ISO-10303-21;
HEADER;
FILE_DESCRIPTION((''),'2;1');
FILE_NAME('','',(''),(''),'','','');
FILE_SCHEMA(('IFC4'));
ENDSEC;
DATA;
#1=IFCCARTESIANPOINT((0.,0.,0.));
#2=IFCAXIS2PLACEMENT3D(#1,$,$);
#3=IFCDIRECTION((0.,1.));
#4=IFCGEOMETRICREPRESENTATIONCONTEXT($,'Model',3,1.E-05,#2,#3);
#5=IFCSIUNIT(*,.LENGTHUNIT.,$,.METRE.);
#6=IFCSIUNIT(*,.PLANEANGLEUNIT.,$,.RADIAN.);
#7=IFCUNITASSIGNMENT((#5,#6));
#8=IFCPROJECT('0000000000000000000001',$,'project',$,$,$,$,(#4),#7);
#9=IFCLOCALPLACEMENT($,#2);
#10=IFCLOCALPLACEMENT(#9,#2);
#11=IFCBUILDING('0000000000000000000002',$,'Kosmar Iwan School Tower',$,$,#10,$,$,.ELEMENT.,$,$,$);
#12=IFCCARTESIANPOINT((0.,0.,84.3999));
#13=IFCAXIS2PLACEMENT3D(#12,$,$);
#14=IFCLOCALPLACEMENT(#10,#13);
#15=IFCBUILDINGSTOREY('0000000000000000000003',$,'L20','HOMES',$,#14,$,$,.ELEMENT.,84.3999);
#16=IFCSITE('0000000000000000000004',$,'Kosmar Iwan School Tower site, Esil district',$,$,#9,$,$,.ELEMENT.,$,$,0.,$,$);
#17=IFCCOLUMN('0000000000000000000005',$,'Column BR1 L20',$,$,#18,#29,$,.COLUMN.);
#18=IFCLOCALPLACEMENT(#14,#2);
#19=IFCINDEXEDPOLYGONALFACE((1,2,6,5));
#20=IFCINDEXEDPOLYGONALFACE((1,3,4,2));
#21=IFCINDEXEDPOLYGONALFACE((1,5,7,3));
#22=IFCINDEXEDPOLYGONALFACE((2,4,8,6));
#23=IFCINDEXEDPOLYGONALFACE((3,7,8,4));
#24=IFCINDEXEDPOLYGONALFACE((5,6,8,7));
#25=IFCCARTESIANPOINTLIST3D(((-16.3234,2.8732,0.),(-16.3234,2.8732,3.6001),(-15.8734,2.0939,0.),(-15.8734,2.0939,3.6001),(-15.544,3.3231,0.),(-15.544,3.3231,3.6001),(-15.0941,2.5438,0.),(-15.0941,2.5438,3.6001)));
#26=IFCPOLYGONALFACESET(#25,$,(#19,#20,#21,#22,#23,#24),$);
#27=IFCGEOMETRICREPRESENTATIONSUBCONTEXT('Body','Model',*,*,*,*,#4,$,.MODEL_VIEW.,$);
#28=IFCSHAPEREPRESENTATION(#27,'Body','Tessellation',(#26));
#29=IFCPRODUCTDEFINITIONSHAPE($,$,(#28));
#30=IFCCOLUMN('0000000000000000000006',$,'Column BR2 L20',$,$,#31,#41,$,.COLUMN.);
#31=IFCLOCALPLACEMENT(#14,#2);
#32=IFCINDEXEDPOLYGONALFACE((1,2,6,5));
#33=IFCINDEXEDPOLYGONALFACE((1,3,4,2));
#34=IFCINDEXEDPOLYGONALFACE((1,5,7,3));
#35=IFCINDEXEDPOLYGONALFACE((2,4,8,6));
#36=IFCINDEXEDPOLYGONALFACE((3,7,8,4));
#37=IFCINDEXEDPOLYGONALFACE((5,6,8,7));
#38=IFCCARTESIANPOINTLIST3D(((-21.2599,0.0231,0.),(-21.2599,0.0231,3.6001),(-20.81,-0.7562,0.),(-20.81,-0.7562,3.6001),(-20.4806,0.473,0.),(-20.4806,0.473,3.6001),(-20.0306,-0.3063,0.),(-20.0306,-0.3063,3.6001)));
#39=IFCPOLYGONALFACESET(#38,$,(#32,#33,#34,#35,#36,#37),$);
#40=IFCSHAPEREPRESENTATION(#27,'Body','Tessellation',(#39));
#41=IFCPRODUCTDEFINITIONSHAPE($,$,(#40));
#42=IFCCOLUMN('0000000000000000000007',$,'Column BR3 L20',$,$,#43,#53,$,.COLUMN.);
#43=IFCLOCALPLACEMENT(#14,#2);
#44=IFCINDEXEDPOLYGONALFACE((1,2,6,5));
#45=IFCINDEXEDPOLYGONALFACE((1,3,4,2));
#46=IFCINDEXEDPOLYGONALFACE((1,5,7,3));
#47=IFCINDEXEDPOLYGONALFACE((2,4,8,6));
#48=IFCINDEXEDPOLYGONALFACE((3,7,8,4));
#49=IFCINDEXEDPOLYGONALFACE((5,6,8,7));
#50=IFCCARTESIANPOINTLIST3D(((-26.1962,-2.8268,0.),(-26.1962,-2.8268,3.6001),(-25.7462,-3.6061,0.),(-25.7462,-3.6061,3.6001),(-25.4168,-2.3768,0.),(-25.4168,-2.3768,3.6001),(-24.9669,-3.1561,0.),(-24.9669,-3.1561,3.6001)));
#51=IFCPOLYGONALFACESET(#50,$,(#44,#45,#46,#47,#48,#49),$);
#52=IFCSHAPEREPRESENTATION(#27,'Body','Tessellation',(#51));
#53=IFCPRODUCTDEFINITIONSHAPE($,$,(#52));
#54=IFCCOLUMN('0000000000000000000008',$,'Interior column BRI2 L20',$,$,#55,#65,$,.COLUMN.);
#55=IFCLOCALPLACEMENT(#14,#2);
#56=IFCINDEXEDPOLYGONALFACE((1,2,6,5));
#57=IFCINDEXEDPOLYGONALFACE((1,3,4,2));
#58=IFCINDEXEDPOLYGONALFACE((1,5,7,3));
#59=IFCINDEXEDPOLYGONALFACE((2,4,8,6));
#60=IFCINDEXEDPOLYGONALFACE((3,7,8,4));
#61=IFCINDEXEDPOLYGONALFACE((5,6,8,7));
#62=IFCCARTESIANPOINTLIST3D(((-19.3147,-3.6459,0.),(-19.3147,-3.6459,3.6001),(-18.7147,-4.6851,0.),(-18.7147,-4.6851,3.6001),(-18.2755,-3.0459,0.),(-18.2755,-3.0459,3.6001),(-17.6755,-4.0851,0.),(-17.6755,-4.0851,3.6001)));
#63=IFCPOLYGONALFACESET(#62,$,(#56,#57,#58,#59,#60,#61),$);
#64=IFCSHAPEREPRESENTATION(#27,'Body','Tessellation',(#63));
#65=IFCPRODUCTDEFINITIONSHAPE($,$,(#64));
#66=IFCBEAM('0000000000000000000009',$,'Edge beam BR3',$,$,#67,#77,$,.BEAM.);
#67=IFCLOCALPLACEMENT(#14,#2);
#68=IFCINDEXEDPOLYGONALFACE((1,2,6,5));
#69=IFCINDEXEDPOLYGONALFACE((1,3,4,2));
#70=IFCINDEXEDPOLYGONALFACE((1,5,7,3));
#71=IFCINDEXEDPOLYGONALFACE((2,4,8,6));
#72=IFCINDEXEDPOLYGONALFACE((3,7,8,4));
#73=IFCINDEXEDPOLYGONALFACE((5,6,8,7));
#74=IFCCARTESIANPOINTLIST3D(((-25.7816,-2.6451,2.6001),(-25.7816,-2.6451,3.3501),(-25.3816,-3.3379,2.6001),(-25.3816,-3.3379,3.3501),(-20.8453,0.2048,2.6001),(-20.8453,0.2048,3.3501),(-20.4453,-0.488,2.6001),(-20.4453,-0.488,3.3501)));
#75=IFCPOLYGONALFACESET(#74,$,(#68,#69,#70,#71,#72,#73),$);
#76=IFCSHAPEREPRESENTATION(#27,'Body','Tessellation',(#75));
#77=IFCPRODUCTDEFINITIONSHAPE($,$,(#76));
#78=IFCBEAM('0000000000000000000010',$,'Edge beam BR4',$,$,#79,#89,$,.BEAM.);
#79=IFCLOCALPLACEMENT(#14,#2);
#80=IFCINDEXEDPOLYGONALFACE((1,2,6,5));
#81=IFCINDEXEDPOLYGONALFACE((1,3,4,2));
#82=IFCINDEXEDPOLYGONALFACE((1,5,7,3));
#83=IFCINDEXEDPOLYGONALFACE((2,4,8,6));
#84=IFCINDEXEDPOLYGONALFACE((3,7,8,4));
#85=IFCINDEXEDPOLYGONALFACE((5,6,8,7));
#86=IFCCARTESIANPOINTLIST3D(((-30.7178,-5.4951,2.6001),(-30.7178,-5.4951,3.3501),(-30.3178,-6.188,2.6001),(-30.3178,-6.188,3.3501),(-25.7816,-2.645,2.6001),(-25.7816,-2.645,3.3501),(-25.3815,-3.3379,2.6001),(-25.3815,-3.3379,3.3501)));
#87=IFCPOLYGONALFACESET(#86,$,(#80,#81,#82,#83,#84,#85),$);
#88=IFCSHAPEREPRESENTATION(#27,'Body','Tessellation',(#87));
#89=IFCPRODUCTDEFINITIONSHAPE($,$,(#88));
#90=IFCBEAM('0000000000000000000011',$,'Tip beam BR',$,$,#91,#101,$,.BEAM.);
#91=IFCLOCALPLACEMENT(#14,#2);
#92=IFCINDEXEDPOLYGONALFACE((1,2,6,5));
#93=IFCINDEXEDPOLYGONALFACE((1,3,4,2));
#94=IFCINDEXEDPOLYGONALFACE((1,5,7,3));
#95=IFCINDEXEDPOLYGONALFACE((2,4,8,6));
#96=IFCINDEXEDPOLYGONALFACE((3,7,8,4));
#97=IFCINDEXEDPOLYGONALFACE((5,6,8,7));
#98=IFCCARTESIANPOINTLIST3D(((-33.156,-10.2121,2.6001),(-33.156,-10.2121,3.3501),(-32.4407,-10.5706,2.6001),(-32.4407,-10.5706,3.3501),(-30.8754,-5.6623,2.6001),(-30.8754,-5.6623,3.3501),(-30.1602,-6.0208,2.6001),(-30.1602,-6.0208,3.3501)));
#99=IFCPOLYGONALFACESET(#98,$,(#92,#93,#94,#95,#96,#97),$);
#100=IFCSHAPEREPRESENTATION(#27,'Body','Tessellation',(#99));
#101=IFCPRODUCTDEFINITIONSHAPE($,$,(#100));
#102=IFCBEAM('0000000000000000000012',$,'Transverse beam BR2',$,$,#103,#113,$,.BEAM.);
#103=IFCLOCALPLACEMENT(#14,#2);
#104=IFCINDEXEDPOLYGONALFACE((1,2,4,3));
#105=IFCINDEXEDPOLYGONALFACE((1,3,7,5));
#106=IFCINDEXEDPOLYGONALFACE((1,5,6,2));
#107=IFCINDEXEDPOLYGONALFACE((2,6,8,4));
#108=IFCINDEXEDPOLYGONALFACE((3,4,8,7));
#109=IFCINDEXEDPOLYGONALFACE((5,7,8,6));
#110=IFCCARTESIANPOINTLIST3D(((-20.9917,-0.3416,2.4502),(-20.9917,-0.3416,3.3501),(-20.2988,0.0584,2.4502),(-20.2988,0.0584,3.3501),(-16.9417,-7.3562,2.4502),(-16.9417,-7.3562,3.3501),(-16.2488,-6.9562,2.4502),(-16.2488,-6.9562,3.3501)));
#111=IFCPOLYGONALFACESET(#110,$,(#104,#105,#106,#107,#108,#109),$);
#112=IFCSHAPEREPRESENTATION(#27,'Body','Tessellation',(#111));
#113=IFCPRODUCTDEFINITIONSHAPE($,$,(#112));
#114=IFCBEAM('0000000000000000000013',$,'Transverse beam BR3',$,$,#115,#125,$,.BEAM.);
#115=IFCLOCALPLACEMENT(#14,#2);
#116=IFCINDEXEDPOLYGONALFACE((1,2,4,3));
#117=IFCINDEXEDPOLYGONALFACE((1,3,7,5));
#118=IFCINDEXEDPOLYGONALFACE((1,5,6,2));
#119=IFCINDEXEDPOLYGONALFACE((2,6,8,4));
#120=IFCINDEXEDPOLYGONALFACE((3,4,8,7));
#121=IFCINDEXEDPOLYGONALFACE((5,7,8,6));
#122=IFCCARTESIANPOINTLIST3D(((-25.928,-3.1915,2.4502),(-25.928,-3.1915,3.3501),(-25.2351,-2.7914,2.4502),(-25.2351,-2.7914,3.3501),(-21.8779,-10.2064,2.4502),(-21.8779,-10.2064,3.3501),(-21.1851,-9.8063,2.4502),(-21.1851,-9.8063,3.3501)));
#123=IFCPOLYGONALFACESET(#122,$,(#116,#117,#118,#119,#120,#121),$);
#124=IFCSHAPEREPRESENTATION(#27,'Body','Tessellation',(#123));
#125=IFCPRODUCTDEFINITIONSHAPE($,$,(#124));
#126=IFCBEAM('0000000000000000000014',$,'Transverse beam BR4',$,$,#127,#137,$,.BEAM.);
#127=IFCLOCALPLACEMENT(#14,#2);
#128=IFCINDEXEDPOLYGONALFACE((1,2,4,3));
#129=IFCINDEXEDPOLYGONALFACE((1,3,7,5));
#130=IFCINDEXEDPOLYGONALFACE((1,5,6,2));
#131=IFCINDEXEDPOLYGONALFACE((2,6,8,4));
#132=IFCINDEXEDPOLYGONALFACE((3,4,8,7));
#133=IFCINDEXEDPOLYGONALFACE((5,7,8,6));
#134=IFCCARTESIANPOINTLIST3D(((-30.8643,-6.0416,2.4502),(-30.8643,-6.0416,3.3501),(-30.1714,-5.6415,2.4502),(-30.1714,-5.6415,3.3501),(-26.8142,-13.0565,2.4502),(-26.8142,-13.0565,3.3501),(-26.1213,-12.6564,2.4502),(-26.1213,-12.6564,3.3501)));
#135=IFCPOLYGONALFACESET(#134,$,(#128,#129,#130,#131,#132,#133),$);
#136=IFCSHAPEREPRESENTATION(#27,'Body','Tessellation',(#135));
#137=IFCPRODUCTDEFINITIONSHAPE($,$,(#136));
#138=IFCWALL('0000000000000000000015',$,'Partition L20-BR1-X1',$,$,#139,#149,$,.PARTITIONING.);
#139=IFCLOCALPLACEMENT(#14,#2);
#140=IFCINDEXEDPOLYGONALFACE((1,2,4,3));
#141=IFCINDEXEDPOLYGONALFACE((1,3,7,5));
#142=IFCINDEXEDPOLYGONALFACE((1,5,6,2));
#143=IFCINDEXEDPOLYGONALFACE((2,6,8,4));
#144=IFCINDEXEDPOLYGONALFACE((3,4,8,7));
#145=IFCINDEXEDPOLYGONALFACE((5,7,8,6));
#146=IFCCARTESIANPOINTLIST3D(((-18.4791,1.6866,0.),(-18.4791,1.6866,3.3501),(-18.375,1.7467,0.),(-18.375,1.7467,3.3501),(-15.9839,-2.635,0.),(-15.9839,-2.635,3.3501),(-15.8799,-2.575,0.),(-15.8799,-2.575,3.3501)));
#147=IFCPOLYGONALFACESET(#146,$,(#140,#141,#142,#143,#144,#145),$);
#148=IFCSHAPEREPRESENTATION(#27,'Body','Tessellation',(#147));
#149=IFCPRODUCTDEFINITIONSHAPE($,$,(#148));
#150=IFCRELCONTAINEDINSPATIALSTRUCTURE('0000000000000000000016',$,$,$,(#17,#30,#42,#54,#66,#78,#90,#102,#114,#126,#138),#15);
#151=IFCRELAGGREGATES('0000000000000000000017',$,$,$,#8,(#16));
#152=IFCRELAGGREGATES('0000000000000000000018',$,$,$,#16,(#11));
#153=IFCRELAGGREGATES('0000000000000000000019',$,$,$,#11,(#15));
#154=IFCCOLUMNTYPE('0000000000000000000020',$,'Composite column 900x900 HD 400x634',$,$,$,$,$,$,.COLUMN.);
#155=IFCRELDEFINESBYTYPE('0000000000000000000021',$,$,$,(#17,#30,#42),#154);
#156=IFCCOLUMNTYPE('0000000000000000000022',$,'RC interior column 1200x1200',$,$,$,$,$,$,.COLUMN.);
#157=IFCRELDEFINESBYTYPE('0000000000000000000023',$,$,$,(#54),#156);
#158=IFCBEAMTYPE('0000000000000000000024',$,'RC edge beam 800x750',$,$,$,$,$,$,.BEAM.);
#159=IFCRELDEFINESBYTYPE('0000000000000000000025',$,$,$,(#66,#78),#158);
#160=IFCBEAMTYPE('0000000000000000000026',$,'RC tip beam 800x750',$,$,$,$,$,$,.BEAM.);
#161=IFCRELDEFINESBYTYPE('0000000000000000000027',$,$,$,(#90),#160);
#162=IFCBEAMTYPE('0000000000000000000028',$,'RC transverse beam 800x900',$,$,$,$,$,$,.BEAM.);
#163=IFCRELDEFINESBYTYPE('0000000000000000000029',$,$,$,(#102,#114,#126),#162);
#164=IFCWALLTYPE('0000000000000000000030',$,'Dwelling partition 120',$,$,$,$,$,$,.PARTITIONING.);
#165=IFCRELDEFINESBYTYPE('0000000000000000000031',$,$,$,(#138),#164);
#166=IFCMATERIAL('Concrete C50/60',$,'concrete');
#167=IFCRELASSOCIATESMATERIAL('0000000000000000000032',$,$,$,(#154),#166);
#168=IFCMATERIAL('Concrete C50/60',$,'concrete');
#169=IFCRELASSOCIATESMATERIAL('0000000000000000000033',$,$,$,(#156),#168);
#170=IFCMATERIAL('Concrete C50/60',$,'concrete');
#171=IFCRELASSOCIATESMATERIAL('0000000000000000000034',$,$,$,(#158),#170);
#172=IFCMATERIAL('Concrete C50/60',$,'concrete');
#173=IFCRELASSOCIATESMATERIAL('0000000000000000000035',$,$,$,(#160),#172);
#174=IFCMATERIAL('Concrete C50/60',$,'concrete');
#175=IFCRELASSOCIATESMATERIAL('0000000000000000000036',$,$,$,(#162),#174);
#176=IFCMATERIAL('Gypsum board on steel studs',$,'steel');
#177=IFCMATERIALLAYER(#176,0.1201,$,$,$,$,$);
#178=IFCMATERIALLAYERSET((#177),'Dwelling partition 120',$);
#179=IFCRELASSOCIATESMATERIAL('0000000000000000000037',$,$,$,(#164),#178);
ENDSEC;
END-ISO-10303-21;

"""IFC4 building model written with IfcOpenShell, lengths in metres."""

from ifc_helpers import new_model, si_unit, direction, frame, frame_2d, origin, origin_2d, place, context, subcontext, project, spatial, rectangle, extrude, material, layer, layer_set, material_profile, profile_set, type_object, element, save


model = new_model("IFC4")

# Units and contexts
model_context = context("Model", 3, precision=1e-05, world=origin(), true_north=direction((0.0, 1.0)))
body_context = subcontext(model_context, "Body", "Model", "MODEL_VIEW")
ifc_project = project(units=[si_unit("LENGTHUNIT", "METRE"), si_unit("PLANEANGLEUNIT", "RADIAN")], contexts=[model_context])

# Site, building, storey
site_placement = place(None, origin())
site = spatial("IfcSite", under=ifc_project, at=site_placement, Name="Kosmar Iwan School Tower site, Esil district", CompositionType="ELEMENT", RefElevation=0.0)
building_placement = place(site_placement, origin())
building = spatial("IfcBuilding", under=site, at=building_placement, Name="Kosmar Iwan School Tower", CompositionType="ELEMENT")
storey_placement = place(building_placement, frame((0.0, 0.0, 84.3999)))
storey = spatial("IfcBuildingStorey", under=building, at=storey_placement, Name="L20", Description="HOMES", CompositionType="ELEMENT", Elevation=84.3999)

# Columns
ifc_material_1 = material(Name="Concrete C50/60", Category="concrete")
ifc_material_profile_1 = material_profile(ifc_material_1, rectangle(XDim=0.8999, YDim=0.8999, at=origin_2d()), Name="RC 900x900 + HD 400x634")
ifc_profile_set_1 = profile_set([ifc_material_profile_1], Name="Concrete C50/60")
column_type_1 = type_object("IfcColumnType", Name="Composite column 900x900 HD 400x634", PredefinedType="COLUMN", material=ifc_profile_set_1)
for number, where, z_axis, x_axis, name in (
    (1, (-15.7087, 2.7085, 0.0), (0.0, 0.0, 1.0), (-0.866025, -0.5, 0.0), "Column BR1 L20"),
    (2, (-20.6453, -0.1416, 0.0), (0.0, 0.0, 1.0), (-0.866025, -0.5, 0.0), "Column BR2 L20"),
    (3, (-25.5815, -2.9915, 0.0), (0.0, 0.0, 1.0), (-0.866025, -0.5, 0.0), "Column BR3 L20"),
):
    element("IfcColumn", number, at=place(storey_placement, frame(where, z_axis=z_axis, x_axis=x_axis)), inside=storey, type_object=column_type_1, Name=name, PredefinedType="COLUMN", context=body_context, shape_type="SweptSolid", body=[
        extrude(rectangle(XDim=0.8999, YDim=0.8999, at=origin_2d()), origin(), (0.0, 0.0, 1.0), 3.6001),
    ])
ifc_material_2 = material(Name="Concrete C50/60", Category="concrete")
ifc_material_profile_2 = material_profile(ifc_material_2, rectangle(XDim=1.2, YDim=1.2, at=origin_2d()), Name="RC 1200x1200")
ifc_profile_set_2 = profile_set([ifc_material_profile_2], Name="Concrete C50/60")
column_type_2 = type_object("IfcColumnType", Name="RC interior column 1200x1200", PredefinedType="COLUMN", material=ifc_profile_set_2)
column_placement = place(storey_placement, frame((-18.4951, -3.8655, 0.0), z_axis=(0.0, 0.0, 1.0), x_axis=(-0.866025, -0.5, 0.0)))
element("IfcColumn", 4, at=column_placement, inside=storey, type_object=column_type_2, Name="Interior column BRI2 L20", PredefinedType="COLUMN", context=body_context, shape_type="SweptSolid", body=[
    extrude(rectangle(XDim=1.2, YDim=1.2, at=origin_2d()), origin(), (0.0, 0.0, 1.0), 3.6001),
])

# Beams
ifc_material_3 = material(Name="Concrete C50/60", Category="concrete")
ifc_material_profile_3 = material_profile(ifc_material_3, rectangle(XDim=0.8, YDim=0.75, at=origin_2d()), Name="RC 800x750")
ifc_profile_set_3 = profile_set([ifc_material_profile_3], Name="Concrete C50/60")
beam_type_1 = type_object("IfcBeamType", Name="RC edge beam 800x750", PredefinedType="BEAM", material=ifc_profile_set_3)
for number, where, z_axis, x_axis, name in (
    (5, (-20.6453, -0.1416, 2.9751), (-0.866034, -0.499986, 0.0), (0.499986, -0.866034, 0.0), "Edge beam BR3"),
    (6, (-25.5815, -2.9915, 2.9751), (-0.866015, -0.500018, 0.0), (0.500018, -0.866015, 0.0), "Edge beam BR4"),
):
    element("IfcBeam", number, at=place(storey_placement, frame(where, z_axis=z_axis, x_axis=x_axis)), inside=storey, type_object=beam_type_1, Name=name, PredefinedType="BEAM", context=body_context, shape_type="SweptSolid", body=[
        extrude(rectangle(XDim=0.8, YDim=0.75, at=origin_2d()), origin(), (0.0, 0.0, 1.0), 5.7),
    ])
ifc_material_4 = material(Name="Concrete C50/60", Category="concrete")
ifc_material_profile_4 = material_profile(ifc_material_4, rectangle(XDim=0.8, YDim=0.75, at=origin_2d()), Name="RC 800x750")
ifc_profile_set_4 = profile_set([ifc_material_profile_4], Name="Concrete C50/60")
beam_type_2 = type_object("IfcBeamType", Name="RC tip beam 800x750", PredefinedType="BEAM", material=ifc_profile_set_4)
beam_1_placement = place(storey_placement, frame((-30.5178, -5.8416, 2.9751), z_axis=(-0.448096, -0.893985, 0.0), x_axis=(0.893985, -0.448096, 0.0)))
element("IfcBeam", 7, at=beam_1_placement, inside=storey, type_object=beam_type_2, Name="Tip beam BR", PredefinedType="BEAM", context=body_context, shape_type="SweptSolid", body=[
    extrude(rectangle(XDim=0.8, YDim=0.75, at=origin_2d()), origin(), (0.0, 0.0, 1.0), 5.0894),
])
ifc_material_5 = material(Name="Concrete C50/60", Category="concrete")
ifc_material_profile_5 = material_profile(ifc_material_5, rectangle(XDim=0.8, YDim=0.8999, at=origin_2d()), Name="RC 800x900")
ifc_profile_set_5 = profile_set([ifc_material_profile_5], Name="Concrete C50/60")
beam_type_3 = type_object("IfcBeamType", Name="RC transverse beam 800x900", PredefinedType="BEAM", material=ifc_profile_set_5)
beam_2_placement = place(storey_placement, frame((-20.6453, -0.1416, 2.9001), z_axis=(0.500013, -0.866018, 0.0), x_axis=(0.866018, 0.500013, 0.0)))
element("IfcBeam", 8, at=beam_2_placement, inside=storey, type_object=beam_type_3, Name="Transverse beam BR2", PredefinedType="BEAM", context=body_context, shape_type="SweptSolid", body=[
    extrude(rectangle(XDim=0.8, YDim=0.8999, at=origin_2d()), origin(), (0.0, 0.0, 1.0), 8.0999),
])
for number, where, z_axis, x_axis, name in (
    (9, (-25.5815, -2.9915, 2.9001), (0.5, -0.866025, 0.0), (0.866025, 0.5, 0.0), "Transverse beam BR3"),
    (10, (-30.5178, -5.8416, 2.9001), (0.5, -0.866025, 0.0), (0.866025, 0.5, 0.0), "Transverse beam BR4"),
):
    element("IfcBeam", number, at=place(storey_placement, frame(where, z_axis=z_axis, x_axis=x_axis)), inside=storey, type_object=beam_type_3, Name=name, PredefinedType="BEAM", context=body_context, shape_type="SweptSolid", body=[
        extrude(rectangle(XDim=0.8, YDim=0.8999, at=origin_2d()), origin(), (0.0, 0.0, 1.0), 8.1001),
    ])

# Wall
ifc_material_6 = material(Name="Gypsum board on steel studs", Category="steel")
ifc_layer = layer(ifc_material_6, 0.1201)
ifc_layer_set = layer_set([ifc_layer], Name="Dwelling partition 120")
wall_type = type_object("IfcWallType", Name="Dwelling partition 120", PredefinedType="PARTITIONING", material=ifc_layer_set)
wall_1_placement = place(storey_placement, frame((-15.9319, -2.605, 0.0), z_axis=(0.0, 0.0, 1.0), x_axis=(-0.500012, 0.866019, 0.0)))
element("IfcWall", 11, at=wall_1_placement, inside=storey, type_object=wall_type, Name="Partition L20-BR1-X1", PredefinedType="PARTITIONING", context=body_context, shape_type="SweptSolid", body=[
    extrude(rectangle(XDim=4.9902, YDim=0.1201, at=frame_2d((2.4951, 0.0))), origin(), (0.0, 0.0, 1.0), 3.3501),
])

save(model, "model.ifc")
